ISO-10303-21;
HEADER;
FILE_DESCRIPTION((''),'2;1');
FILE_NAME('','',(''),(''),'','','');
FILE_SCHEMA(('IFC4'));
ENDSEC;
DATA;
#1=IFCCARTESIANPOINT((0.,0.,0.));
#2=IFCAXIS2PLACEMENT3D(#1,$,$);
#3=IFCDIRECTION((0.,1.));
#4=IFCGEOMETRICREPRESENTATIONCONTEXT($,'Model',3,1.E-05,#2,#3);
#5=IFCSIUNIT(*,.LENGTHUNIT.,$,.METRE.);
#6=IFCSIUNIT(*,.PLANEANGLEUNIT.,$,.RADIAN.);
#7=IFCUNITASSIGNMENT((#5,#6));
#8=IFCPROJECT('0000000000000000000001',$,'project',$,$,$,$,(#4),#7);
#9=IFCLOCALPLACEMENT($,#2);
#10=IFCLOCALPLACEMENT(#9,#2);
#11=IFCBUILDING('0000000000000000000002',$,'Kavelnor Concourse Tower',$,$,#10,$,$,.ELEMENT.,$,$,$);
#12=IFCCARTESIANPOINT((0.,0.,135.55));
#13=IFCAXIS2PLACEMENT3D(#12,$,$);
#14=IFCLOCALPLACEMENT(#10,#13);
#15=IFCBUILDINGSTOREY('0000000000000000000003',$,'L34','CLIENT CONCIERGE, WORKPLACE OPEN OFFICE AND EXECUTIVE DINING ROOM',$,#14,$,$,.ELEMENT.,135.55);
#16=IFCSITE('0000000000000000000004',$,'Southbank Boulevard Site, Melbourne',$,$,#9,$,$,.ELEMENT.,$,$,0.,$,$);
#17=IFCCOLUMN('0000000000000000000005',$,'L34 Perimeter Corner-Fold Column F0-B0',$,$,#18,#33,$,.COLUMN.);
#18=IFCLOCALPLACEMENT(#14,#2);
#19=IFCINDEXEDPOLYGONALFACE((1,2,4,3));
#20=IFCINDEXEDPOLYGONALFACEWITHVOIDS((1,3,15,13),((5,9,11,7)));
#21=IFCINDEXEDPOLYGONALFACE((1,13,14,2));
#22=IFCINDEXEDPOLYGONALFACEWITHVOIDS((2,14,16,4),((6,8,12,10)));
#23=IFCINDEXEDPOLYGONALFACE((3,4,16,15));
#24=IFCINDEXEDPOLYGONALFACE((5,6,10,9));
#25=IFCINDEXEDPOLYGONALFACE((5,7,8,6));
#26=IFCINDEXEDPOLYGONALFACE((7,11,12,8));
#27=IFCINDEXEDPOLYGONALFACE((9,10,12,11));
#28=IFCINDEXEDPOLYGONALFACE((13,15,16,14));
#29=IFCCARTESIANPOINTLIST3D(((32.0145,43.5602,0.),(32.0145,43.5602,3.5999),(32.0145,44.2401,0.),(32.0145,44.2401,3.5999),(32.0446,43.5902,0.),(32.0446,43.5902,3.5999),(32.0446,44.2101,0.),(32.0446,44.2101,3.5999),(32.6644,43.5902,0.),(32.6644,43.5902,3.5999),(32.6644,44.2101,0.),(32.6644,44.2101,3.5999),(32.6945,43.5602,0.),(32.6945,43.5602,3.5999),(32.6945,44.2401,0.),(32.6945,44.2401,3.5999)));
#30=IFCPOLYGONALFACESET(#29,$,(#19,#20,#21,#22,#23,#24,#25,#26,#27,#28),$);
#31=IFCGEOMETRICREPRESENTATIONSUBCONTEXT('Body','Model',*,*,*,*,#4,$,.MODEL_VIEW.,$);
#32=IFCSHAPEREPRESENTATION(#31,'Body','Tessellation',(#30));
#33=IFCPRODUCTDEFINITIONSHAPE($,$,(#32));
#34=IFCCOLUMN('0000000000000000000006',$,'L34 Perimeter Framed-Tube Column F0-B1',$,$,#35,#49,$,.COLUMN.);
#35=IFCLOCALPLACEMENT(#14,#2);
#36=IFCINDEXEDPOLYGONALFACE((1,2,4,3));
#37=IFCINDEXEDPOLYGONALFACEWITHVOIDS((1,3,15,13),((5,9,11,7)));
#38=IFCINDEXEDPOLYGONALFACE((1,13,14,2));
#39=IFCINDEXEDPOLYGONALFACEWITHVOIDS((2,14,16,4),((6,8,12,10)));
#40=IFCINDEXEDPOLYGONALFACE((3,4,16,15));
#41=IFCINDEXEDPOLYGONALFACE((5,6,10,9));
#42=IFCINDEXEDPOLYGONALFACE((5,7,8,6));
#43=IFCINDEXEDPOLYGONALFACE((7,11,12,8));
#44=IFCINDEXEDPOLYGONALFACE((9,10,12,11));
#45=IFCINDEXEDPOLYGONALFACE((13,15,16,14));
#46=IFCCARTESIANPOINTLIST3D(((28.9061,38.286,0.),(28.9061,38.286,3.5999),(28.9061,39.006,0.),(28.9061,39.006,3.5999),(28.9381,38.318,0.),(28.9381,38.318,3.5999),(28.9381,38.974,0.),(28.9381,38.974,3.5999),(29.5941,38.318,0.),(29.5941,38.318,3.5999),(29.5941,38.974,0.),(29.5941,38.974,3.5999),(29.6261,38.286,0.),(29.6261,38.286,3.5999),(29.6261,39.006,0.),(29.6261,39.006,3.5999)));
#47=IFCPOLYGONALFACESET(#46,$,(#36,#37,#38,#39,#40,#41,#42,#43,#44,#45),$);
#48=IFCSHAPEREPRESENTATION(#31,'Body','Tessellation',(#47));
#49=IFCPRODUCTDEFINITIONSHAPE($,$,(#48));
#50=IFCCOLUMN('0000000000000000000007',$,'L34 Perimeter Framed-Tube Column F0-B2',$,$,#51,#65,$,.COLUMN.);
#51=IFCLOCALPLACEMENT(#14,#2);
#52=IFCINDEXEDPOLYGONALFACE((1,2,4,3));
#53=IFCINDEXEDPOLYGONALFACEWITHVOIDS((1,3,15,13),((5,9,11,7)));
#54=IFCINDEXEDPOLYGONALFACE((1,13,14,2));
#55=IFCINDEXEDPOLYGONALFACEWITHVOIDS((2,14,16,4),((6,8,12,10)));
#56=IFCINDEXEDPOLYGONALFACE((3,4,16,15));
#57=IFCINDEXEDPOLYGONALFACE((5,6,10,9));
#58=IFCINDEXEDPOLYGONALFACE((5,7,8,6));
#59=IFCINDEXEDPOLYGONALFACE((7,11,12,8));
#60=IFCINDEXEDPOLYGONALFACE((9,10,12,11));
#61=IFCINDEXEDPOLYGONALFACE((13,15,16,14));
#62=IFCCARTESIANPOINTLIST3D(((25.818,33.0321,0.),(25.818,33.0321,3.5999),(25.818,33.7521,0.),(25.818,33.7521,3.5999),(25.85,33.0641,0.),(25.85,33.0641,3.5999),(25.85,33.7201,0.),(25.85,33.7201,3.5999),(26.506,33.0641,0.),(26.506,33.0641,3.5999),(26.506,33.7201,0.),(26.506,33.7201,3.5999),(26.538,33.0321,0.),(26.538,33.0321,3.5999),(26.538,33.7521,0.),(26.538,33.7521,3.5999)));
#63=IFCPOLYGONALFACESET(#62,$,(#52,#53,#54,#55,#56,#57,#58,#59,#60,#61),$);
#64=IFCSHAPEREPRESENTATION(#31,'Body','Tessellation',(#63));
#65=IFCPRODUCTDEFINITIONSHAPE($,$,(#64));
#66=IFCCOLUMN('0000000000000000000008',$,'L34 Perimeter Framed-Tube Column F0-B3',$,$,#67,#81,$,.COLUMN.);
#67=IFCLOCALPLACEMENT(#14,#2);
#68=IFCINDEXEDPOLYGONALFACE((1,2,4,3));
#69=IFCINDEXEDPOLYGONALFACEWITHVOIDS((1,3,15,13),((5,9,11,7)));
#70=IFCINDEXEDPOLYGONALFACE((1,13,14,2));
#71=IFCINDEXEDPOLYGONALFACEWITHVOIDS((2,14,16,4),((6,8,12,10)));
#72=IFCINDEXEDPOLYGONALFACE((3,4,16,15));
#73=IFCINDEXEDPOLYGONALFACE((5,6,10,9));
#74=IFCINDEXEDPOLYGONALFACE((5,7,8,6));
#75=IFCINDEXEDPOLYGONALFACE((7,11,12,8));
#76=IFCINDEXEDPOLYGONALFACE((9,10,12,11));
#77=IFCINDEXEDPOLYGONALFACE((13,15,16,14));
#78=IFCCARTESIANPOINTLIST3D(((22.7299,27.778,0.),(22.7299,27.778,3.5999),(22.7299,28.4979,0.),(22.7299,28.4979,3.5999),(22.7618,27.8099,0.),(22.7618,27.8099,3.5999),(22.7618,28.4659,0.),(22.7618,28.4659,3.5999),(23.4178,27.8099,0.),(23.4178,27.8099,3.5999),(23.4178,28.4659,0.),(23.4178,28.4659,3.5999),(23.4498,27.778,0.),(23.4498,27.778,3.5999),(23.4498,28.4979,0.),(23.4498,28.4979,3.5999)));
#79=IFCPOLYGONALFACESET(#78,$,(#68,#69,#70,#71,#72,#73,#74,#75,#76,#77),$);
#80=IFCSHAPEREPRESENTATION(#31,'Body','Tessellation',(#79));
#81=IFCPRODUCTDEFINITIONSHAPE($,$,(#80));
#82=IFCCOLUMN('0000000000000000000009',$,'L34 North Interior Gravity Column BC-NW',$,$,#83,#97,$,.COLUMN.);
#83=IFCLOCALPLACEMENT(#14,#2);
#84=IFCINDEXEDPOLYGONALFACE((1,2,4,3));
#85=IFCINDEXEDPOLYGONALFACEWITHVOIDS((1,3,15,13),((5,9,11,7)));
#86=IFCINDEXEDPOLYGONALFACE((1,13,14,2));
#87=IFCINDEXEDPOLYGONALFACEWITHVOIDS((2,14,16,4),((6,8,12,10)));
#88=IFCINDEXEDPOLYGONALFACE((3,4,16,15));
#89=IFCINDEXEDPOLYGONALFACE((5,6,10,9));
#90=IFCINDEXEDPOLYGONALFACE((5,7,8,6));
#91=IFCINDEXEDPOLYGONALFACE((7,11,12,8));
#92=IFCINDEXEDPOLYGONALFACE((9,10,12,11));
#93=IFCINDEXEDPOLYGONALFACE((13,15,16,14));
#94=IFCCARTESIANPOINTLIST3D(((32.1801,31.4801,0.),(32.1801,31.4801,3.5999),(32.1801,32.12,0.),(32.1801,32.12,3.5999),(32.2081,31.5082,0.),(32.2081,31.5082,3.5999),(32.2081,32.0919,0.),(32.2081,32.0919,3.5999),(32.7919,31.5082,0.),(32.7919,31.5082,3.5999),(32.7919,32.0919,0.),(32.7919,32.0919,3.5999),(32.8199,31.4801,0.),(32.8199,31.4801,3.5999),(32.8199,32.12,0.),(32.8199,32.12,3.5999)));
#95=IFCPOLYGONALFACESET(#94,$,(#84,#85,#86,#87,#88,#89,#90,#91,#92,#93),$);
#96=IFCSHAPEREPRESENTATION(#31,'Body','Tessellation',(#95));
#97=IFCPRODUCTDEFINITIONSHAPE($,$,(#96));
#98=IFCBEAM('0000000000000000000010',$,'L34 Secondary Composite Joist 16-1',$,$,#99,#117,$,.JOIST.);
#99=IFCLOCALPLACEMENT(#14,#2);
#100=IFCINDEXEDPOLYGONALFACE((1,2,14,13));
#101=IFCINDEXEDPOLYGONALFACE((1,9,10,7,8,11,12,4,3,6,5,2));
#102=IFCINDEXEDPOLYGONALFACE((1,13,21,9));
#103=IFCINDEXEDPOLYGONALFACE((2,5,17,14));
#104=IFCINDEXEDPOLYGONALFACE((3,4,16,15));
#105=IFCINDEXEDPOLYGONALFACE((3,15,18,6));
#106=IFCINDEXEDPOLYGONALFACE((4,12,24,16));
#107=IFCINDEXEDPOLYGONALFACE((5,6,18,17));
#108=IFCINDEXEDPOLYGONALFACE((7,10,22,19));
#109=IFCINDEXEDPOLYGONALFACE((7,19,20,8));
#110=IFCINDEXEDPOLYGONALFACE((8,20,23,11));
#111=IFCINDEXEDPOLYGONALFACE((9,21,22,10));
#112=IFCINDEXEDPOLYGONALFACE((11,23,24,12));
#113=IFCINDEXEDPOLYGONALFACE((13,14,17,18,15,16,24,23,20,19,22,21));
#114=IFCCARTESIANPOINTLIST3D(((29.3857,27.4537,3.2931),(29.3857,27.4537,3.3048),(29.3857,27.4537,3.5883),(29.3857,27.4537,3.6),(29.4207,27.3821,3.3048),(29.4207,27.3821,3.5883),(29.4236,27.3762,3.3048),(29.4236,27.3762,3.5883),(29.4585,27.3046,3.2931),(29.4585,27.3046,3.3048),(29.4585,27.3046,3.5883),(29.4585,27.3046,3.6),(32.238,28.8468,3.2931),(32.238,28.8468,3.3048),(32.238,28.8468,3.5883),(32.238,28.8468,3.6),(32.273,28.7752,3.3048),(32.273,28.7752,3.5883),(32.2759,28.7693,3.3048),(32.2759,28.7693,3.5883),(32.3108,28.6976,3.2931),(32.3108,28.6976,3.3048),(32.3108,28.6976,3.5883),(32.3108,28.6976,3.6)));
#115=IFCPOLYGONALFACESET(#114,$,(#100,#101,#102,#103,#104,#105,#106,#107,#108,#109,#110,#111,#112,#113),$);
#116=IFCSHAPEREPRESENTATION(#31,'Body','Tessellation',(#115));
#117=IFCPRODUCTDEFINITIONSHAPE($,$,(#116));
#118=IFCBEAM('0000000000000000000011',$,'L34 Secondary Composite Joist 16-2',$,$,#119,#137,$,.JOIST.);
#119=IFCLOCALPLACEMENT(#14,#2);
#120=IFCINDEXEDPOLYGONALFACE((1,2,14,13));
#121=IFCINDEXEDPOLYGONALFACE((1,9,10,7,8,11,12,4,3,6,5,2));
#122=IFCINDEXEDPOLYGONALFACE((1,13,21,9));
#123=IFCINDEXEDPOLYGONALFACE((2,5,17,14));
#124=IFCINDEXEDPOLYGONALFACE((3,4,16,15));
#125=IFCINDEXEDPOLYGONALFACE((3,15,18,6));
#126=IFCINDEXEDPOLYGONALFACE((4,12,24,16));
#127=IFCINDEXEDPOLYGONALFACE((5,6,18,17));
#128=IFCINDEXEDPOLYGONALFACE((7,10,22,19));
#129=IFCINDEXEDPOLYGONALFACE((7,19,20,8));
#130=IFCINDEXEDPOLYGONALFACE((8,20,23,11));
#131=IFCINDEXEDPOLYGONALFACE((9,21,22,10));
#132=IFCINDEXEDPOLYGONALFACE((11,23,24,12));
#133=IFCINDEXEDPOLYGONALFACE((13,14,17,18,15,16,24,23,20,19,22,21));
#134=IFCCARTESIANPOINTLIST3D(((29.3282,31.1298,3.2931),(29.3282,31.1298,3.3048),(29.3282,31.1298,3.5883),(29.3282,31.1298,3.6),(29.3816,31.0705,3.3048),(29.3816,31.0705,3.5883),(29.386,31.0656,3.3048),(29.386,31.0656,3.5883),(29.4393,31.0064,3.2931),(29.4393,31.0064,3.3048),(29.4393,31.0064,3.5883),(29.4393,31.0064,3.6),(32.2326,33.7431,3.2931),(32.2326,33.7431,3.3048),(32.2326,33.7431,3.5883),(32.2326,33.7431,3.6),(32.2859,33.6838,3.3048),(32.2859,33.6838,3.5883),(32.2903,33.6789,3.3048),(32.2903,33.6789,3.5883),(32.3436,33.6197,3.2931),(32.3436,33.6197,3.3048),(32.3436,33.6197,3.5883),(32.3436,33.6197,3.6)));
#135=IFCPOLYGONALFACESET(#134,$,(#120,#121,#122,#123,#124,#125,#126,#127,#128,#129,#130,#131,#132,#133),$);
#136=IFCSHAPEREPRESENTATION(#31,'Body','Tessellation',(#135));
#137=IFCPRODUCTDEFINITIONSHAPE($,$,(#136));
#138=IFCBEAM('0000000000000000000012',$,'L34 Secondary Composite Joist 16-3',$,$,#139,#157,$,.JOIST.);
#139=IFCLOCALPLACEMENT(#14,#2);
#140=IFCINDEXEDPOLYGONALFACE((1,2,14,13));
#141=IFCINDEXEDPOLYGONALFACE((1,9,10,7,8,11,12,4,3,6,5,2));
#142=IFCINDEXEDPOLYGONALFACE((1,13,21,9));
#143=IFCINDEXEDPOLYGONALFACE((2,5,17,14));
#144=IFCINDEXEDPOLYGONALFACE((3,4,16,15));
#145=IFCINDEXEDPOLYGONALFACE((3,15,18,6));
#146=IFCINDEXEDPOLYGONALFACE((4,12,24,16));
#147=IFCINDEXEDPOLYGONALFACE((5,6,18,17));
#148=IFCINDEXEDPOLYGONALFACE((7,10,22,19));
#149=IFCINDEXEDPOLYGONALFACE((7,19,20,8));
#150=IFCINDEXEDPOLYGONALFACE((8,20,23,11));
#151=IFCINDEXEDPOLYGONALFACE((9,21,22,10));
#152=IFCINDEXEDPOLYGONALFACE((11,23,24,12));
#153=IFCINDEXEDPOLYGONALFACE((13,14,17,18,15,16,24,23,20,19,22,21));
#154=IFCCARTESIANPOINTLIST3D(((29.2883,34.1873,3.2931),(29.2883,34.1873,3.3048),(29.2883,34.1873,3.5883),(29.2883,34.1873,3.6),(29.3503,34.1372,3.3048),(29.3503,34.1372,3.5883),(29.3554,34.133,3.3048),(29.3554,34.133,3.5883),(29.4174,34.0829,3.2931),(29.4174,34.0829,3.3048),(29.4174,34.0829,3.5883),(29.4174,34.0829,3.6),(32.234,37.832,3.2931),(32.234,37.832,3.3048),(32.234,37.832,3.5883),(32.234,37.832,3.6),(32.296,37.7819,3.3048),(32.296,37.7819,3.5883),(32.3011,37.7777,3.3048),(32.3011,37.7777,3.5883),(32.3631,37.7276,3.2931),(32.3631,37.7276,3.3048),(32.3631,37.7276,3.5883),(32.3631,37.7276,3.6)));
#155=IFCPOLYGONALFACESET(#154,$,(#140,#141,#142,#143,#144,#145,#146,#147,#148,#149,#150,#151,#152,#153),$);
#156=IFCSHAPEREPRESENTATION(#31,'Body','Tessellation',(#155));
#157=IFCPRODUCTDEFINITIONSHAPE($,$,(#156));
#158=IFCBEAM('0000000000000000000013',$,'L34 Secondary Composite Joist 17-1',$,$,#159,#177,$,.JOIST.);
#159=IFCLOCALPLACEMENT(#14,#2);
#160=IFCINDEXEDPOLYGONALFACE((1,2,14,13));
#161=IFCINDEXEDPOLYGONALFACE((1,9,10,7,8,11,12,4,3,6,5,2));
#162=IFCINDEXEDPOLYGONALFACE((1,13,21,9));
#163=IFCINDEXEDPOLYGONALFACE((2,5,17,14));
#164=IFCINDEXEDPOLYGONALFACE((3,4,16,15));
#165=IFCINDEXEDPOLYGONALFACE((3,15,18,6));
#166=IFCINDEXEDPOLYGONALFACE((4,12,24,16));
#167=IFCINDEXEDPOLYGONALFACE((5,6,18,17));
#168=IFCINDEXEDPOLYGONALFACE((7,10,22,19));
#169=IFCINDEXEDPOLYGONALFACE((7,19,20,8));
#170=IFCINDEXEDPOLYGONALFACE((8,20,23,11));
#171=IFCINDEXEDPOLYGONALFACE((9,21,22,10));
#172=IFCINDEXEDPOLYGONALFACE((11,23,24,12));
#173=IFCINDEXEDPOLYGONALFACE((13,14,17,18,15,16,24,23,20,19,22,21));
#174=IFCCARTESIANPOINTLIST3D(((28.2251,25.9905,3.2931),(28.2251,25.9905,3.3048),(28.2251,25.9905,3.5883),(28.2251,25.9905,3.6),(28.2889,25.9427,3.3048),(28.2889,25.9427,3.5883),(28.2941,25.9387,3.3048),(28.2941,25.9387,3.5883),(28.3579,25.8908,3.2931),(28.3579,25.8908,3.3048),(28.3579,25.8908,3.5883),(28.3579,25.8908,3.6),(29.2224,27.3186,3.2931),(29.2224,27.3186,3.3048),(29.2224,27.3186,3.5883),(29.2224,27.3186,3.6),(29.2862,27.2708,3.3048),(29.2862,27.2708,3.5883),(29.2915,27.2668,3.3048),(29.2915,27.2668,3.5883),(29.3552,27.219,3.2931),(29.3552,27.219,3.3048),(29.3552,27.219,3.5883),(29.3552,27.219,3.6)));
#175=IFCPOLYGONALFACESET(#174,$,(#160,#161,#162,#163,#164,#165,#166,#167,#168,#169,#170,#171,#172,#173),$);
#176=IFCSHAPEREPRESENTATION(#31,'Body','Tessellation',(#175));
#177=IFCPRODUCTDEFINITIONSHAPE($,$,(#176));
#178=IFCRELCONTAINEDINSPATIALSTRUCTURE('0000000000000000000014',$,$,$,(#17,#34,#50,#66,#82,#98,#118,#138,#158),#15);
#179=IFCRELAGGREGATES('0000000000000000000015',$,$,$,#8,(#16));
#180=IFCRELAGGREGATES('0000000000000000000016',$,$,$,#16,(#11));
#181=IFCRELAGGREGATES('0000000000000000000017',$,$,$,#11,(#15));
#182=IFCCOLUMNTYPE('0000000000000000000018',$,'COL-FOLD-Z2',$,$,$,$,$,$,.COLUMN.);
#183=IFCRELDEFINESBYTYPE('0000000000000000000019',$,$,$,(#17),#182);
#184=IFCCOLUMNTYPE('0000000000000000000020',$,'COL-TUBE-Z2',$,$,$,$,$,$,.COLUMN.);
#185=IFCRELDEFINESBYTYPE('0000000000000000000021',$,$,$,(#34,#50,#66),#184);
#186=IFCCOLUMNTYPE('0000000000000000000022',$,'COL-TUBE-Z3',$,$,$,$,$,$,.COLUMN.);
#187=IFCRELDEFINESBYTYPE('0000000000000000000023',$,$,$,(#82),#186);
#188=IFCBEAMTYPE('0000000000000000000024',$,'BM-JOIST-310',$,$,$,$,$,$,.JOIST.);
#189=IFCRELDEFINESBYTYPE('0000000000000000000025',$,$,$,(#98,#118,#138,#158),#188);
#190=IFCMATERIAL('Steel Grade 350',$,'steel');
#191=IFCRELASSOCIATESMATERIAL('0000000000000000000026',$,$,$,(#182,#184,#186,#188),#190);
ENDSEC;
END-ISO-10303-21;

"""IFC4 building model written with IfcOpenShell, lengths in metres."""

from ifc_helpers import new_model, si_unit, direction, frame, origin, origin_2d, place, context, subcontext, project, spatial, hollow_rectangle, i_section, extrude, material, material_profile, profile_set, type_object, element, save


model = new_model("IFC4")

# Units and contexts
model_context = context("Model", 3, precision=1e-05, world=origin(), true_north=direction((0.0, 1.0)))
body_context = subcontext(model_context, "Body", "Model", "MODEL_VIEW")
ifc_project = project(units=[si_unit("LENGTHUNIT", "METRE"), si_unit("PLANEANGLEUNIT", "RADIAN")], contexts=[model_context])

# Site, building, storey
site_placement = place(None, origin())
site = spatial("IfcSite", under=ifc_project, at=site_placement, Name="Southbank Boulevard Site, Melbourne", CompositionType="ELEMENT", RefElevation=0.0)
building_placement = place(site_placement, origin())
building = spatial("IfcBuilding", under=site, at=building_placement, Name="Kavelnor Concourse Tower", CompositionType="ELEMENT")
storey_placement = place(building_placement, frame((0.0, 0.0, 135.55)))
storey = spatial("IfcBuildingStorey", under=building, at=storey_placement, Name="L34", Description="CLIENT CONCIERGE, WORKPLACE OPEN OFFICE AND EXECUTIVE DINING ROOM", CompositionType="ELEMENT", Elevation=135.55)

# Columns
ifc_material_1 = material(Name="Steel Grade 350", Category="steel")
ifc_material_profile_1 = material_profile(ifc_material_1, hollow_rectangle(XDim=0.6799, YDim=0.6799, WallThickness=0.03, at=origin_2d()), Name="SHS 680x680x30")
ifc_profile_set_1 = profile_set([ifc_material_profile_1], Name="Steel Grade 350")
column_type_1 = type_object("IfcColumnType", Name="COL-FOLD-Z2", PredefinedType="COLUMN", material=ifc_profile_set_1)
column_1_placement = place(storey_placement, frame((32.3545, 43.9001, 0.0), z_axis=(0.0, 0.0, 1.0), x_axis=(1.0, 0.0, 0.0)))
element("IfcColumn", 1, at=column_1_placement, inside=storey, type_object=column_type_1, Name="L34 Perimeter Corner-Fold Column F0-B0", PredefinedType="COLUMN", context=body_context, shape_type="SweptSolid", body=[
    extrude(hollow_rectangle(XDim=0.6799, YDim=0.6799, WallThickness=0.03, at=origin_2d()), origin(), (0.0, 0.0, 1.0), 3.5999),
])
ifc_material_profile_2 = material_profile(ifc_material_1, hollow_rectangle(XDim=0.72, YDim=0.72, WallThickness=0.032, at=origin_2d()), Name="SHS 720x720x32")
ifc_profile_set_2 = profile_set([ifc_material_profile_2], Name="Steel Grade 350")
column_type_2 = type_object("IfcColumnType", Name="COL-TUBE-Z2", PredefinedType="COLUMN", material=ifc_profile_set_2)
for number, where, z_axis, x_axis, name in (
    (2, (29.2661, 38.646, 0.0), (0.0, 0.0, 1.0), (1.0, 0.0, 0.0), "L34 Perimeter Framed-Tube Column F0-B1"),
    (3, (26.178, 33.3921, 0.0), (0.0, 0.0, 1.0), (1.0, 0.0, 0.0), "L34 Perimeter Framed-Tube Column F0-B2"),
    (4, (23.0898, 28.1379, 0.0), (0.0, 0.0, 1.0), (1.0, 0.0, 0.0), "L34 Perimeter Framed-Tube Column F0-B3"),
):
    element("IfcColumn", number, at=place(storey_placement, frame(where, z_axis=z_axis, x_axis=x_axis)), inside=storey, type_object=column_type_2, Name=name, PredefinedType="COLUMN", context=body_context, shape_type="SweptSolid", body=[
        extrude(hollow_rectangle(XDim=0.72, YDim=0.72, WallThickness=0.032, at=origin_2d()), origin(), (0.0, 0.0, 1.0), 3.5999),
    ])
ifc_material_profile_3 = material_profile(ifc_material_1, hollow_rectangle(XDim=0.6399, YDim=0.6399, WallThickness=0.0281, at=origin_2d()), Name="SHS 640x640x28")
ifc_profile_set_3 = profile_set([ifc_material_profile_3], Name="Steel Grade 350")
column_type_3 = type_object("IfcColumnType", Name="COL-TUBE-Z3", PredefinedType="COLUMN", material=ifc_profile_set_3)
column_2_placement = place(storey_placement, frame((32.5, 31.8, 0.0), z_axis=(0.0, 0.0, 1.0), x_axis=(1.0, 0.0, 0.0)))
element("IfcColumn", 5, at=column_2_placement, inside=storey, type_object=column_type_3, Name="L34 North Interior Gravity Column BC-NW", PredefinedType="COLUMN", context=body_context, shape_type="SweptSolid", body=[
    extrude(hollow_rectangle(XDim=0.6399, YDim=0.6399, WallThickness=0.0281, at=origin_2d()), origin(), (0.0, 0.0, 1.0), 3.5999),
])

# Beams
ifc_material_profile_4 = material_profile(ifc_material_1, i_section(OverallWidth=0.166, OverallDepth=0.3069, WebThickness=0.0066, FlangeThickness=0.0117, at=origin_2d()), Name="310UB46")
ifc_profile_set_4 = profile_set([ifc_material_profile_4], Name="Steel Grade 350")
beam_type_1 = type_object("IfcBeamType", Name="BM-JOIST-310", PredefinedType="JOIST", material=ifc_profile_set_4)
beam_1_placement = place(storey_placement, frame((32.2744, 28.7722, 3.4465), z_axis=(-0.898557, -0.438857, 0.0), x_axis=(0.438857, -0.898557, 0.0)))
element("IfcBeam", 6, at=beam_1_placement, inside=storey, type_object=beam_type_1, Name="L34 Secondary Composite Joist 16-1", PredefinedType="JOIST", context=body_context, shape_type="SweptSolid", body=[
    extrude(i_section(OverallWidth=0.166, OverallDepth=0.3069, WebThickness=0.0066, FlangeThickness=0.0117, at=origin_2d()), origin(), (0.0, 0.0, 1.0), 3.1743),
])
beam_2_placement = place(storey_placement, frame((32.2881, 33.6814, 3.4465), z_axis=(-0.743369, -0.668882, 0.0), x_axis=(0.668882, -0.743369, 0.0)))
element("IfcBeam", 7, at=beam_2_placement, inside=storey, type_object=beam_type_1, Name="L34 Secondary Composite Joist 16-2", PredefinedType="JOIST", context=body_context, shape_type="SweptSolid", body=[
    extrude(i_section(OverallWidth=0.166, OverallDepth=0.3069, WebThickness=0.0066, FlangeThickness=0.0117, at=origin_2d()), origin(), (0.0, 0.0, 1.0), 3.907),
])
beam_3_placement = place(storey_placement, frame((32.2986, 37.7798, 3.4465), z_axis=(-0.628588, -0.777738, 0.0), x_axis=(0.777738, -0.628588, 0.0)))
element("IfcBeam", 8, at=beam_3_placement, inside=storey, type_object=beam_type_1, Name="L34 Secondary Composite Joist 16-3", PredefinedType="JOIST", context=body_context, shape_type="SweptSolid", body=[
    extrude(i_section(OverallWidth=0.166, OverallDepth=0.3069, WebThickness=0.0066, FlangeThickness=0.0117, at=origin_2d()), origin(), (0.0, 0.0, 1.0), 4.6863),
])
beam_4_placement = place(storey_placement, frame((29.2888, 27.2688, 3.4465), z_axis=(-0.60047, -0.799647, 0.0), x_axis=(0.799647, -0.60047, 0.0)))
element("IfcBeam", 9, at=beam_4_placement, inside=storey, type_object=beam_type_1, Name="L34 Secondary Composite Joist 17-1", PredefinedType="JOIST", context=body_context, shape_type="SweptSolid", body=[
    extrude(i_section(OverallWidth=0.166, OverallDepth=0.3069, WebThickness=0.0066, FlangeThickness=0.0117, at=origin_2d()), origin(), (0.0, 0.0, 1.0), 1.6609),
])

save(model, "model.ifc")
